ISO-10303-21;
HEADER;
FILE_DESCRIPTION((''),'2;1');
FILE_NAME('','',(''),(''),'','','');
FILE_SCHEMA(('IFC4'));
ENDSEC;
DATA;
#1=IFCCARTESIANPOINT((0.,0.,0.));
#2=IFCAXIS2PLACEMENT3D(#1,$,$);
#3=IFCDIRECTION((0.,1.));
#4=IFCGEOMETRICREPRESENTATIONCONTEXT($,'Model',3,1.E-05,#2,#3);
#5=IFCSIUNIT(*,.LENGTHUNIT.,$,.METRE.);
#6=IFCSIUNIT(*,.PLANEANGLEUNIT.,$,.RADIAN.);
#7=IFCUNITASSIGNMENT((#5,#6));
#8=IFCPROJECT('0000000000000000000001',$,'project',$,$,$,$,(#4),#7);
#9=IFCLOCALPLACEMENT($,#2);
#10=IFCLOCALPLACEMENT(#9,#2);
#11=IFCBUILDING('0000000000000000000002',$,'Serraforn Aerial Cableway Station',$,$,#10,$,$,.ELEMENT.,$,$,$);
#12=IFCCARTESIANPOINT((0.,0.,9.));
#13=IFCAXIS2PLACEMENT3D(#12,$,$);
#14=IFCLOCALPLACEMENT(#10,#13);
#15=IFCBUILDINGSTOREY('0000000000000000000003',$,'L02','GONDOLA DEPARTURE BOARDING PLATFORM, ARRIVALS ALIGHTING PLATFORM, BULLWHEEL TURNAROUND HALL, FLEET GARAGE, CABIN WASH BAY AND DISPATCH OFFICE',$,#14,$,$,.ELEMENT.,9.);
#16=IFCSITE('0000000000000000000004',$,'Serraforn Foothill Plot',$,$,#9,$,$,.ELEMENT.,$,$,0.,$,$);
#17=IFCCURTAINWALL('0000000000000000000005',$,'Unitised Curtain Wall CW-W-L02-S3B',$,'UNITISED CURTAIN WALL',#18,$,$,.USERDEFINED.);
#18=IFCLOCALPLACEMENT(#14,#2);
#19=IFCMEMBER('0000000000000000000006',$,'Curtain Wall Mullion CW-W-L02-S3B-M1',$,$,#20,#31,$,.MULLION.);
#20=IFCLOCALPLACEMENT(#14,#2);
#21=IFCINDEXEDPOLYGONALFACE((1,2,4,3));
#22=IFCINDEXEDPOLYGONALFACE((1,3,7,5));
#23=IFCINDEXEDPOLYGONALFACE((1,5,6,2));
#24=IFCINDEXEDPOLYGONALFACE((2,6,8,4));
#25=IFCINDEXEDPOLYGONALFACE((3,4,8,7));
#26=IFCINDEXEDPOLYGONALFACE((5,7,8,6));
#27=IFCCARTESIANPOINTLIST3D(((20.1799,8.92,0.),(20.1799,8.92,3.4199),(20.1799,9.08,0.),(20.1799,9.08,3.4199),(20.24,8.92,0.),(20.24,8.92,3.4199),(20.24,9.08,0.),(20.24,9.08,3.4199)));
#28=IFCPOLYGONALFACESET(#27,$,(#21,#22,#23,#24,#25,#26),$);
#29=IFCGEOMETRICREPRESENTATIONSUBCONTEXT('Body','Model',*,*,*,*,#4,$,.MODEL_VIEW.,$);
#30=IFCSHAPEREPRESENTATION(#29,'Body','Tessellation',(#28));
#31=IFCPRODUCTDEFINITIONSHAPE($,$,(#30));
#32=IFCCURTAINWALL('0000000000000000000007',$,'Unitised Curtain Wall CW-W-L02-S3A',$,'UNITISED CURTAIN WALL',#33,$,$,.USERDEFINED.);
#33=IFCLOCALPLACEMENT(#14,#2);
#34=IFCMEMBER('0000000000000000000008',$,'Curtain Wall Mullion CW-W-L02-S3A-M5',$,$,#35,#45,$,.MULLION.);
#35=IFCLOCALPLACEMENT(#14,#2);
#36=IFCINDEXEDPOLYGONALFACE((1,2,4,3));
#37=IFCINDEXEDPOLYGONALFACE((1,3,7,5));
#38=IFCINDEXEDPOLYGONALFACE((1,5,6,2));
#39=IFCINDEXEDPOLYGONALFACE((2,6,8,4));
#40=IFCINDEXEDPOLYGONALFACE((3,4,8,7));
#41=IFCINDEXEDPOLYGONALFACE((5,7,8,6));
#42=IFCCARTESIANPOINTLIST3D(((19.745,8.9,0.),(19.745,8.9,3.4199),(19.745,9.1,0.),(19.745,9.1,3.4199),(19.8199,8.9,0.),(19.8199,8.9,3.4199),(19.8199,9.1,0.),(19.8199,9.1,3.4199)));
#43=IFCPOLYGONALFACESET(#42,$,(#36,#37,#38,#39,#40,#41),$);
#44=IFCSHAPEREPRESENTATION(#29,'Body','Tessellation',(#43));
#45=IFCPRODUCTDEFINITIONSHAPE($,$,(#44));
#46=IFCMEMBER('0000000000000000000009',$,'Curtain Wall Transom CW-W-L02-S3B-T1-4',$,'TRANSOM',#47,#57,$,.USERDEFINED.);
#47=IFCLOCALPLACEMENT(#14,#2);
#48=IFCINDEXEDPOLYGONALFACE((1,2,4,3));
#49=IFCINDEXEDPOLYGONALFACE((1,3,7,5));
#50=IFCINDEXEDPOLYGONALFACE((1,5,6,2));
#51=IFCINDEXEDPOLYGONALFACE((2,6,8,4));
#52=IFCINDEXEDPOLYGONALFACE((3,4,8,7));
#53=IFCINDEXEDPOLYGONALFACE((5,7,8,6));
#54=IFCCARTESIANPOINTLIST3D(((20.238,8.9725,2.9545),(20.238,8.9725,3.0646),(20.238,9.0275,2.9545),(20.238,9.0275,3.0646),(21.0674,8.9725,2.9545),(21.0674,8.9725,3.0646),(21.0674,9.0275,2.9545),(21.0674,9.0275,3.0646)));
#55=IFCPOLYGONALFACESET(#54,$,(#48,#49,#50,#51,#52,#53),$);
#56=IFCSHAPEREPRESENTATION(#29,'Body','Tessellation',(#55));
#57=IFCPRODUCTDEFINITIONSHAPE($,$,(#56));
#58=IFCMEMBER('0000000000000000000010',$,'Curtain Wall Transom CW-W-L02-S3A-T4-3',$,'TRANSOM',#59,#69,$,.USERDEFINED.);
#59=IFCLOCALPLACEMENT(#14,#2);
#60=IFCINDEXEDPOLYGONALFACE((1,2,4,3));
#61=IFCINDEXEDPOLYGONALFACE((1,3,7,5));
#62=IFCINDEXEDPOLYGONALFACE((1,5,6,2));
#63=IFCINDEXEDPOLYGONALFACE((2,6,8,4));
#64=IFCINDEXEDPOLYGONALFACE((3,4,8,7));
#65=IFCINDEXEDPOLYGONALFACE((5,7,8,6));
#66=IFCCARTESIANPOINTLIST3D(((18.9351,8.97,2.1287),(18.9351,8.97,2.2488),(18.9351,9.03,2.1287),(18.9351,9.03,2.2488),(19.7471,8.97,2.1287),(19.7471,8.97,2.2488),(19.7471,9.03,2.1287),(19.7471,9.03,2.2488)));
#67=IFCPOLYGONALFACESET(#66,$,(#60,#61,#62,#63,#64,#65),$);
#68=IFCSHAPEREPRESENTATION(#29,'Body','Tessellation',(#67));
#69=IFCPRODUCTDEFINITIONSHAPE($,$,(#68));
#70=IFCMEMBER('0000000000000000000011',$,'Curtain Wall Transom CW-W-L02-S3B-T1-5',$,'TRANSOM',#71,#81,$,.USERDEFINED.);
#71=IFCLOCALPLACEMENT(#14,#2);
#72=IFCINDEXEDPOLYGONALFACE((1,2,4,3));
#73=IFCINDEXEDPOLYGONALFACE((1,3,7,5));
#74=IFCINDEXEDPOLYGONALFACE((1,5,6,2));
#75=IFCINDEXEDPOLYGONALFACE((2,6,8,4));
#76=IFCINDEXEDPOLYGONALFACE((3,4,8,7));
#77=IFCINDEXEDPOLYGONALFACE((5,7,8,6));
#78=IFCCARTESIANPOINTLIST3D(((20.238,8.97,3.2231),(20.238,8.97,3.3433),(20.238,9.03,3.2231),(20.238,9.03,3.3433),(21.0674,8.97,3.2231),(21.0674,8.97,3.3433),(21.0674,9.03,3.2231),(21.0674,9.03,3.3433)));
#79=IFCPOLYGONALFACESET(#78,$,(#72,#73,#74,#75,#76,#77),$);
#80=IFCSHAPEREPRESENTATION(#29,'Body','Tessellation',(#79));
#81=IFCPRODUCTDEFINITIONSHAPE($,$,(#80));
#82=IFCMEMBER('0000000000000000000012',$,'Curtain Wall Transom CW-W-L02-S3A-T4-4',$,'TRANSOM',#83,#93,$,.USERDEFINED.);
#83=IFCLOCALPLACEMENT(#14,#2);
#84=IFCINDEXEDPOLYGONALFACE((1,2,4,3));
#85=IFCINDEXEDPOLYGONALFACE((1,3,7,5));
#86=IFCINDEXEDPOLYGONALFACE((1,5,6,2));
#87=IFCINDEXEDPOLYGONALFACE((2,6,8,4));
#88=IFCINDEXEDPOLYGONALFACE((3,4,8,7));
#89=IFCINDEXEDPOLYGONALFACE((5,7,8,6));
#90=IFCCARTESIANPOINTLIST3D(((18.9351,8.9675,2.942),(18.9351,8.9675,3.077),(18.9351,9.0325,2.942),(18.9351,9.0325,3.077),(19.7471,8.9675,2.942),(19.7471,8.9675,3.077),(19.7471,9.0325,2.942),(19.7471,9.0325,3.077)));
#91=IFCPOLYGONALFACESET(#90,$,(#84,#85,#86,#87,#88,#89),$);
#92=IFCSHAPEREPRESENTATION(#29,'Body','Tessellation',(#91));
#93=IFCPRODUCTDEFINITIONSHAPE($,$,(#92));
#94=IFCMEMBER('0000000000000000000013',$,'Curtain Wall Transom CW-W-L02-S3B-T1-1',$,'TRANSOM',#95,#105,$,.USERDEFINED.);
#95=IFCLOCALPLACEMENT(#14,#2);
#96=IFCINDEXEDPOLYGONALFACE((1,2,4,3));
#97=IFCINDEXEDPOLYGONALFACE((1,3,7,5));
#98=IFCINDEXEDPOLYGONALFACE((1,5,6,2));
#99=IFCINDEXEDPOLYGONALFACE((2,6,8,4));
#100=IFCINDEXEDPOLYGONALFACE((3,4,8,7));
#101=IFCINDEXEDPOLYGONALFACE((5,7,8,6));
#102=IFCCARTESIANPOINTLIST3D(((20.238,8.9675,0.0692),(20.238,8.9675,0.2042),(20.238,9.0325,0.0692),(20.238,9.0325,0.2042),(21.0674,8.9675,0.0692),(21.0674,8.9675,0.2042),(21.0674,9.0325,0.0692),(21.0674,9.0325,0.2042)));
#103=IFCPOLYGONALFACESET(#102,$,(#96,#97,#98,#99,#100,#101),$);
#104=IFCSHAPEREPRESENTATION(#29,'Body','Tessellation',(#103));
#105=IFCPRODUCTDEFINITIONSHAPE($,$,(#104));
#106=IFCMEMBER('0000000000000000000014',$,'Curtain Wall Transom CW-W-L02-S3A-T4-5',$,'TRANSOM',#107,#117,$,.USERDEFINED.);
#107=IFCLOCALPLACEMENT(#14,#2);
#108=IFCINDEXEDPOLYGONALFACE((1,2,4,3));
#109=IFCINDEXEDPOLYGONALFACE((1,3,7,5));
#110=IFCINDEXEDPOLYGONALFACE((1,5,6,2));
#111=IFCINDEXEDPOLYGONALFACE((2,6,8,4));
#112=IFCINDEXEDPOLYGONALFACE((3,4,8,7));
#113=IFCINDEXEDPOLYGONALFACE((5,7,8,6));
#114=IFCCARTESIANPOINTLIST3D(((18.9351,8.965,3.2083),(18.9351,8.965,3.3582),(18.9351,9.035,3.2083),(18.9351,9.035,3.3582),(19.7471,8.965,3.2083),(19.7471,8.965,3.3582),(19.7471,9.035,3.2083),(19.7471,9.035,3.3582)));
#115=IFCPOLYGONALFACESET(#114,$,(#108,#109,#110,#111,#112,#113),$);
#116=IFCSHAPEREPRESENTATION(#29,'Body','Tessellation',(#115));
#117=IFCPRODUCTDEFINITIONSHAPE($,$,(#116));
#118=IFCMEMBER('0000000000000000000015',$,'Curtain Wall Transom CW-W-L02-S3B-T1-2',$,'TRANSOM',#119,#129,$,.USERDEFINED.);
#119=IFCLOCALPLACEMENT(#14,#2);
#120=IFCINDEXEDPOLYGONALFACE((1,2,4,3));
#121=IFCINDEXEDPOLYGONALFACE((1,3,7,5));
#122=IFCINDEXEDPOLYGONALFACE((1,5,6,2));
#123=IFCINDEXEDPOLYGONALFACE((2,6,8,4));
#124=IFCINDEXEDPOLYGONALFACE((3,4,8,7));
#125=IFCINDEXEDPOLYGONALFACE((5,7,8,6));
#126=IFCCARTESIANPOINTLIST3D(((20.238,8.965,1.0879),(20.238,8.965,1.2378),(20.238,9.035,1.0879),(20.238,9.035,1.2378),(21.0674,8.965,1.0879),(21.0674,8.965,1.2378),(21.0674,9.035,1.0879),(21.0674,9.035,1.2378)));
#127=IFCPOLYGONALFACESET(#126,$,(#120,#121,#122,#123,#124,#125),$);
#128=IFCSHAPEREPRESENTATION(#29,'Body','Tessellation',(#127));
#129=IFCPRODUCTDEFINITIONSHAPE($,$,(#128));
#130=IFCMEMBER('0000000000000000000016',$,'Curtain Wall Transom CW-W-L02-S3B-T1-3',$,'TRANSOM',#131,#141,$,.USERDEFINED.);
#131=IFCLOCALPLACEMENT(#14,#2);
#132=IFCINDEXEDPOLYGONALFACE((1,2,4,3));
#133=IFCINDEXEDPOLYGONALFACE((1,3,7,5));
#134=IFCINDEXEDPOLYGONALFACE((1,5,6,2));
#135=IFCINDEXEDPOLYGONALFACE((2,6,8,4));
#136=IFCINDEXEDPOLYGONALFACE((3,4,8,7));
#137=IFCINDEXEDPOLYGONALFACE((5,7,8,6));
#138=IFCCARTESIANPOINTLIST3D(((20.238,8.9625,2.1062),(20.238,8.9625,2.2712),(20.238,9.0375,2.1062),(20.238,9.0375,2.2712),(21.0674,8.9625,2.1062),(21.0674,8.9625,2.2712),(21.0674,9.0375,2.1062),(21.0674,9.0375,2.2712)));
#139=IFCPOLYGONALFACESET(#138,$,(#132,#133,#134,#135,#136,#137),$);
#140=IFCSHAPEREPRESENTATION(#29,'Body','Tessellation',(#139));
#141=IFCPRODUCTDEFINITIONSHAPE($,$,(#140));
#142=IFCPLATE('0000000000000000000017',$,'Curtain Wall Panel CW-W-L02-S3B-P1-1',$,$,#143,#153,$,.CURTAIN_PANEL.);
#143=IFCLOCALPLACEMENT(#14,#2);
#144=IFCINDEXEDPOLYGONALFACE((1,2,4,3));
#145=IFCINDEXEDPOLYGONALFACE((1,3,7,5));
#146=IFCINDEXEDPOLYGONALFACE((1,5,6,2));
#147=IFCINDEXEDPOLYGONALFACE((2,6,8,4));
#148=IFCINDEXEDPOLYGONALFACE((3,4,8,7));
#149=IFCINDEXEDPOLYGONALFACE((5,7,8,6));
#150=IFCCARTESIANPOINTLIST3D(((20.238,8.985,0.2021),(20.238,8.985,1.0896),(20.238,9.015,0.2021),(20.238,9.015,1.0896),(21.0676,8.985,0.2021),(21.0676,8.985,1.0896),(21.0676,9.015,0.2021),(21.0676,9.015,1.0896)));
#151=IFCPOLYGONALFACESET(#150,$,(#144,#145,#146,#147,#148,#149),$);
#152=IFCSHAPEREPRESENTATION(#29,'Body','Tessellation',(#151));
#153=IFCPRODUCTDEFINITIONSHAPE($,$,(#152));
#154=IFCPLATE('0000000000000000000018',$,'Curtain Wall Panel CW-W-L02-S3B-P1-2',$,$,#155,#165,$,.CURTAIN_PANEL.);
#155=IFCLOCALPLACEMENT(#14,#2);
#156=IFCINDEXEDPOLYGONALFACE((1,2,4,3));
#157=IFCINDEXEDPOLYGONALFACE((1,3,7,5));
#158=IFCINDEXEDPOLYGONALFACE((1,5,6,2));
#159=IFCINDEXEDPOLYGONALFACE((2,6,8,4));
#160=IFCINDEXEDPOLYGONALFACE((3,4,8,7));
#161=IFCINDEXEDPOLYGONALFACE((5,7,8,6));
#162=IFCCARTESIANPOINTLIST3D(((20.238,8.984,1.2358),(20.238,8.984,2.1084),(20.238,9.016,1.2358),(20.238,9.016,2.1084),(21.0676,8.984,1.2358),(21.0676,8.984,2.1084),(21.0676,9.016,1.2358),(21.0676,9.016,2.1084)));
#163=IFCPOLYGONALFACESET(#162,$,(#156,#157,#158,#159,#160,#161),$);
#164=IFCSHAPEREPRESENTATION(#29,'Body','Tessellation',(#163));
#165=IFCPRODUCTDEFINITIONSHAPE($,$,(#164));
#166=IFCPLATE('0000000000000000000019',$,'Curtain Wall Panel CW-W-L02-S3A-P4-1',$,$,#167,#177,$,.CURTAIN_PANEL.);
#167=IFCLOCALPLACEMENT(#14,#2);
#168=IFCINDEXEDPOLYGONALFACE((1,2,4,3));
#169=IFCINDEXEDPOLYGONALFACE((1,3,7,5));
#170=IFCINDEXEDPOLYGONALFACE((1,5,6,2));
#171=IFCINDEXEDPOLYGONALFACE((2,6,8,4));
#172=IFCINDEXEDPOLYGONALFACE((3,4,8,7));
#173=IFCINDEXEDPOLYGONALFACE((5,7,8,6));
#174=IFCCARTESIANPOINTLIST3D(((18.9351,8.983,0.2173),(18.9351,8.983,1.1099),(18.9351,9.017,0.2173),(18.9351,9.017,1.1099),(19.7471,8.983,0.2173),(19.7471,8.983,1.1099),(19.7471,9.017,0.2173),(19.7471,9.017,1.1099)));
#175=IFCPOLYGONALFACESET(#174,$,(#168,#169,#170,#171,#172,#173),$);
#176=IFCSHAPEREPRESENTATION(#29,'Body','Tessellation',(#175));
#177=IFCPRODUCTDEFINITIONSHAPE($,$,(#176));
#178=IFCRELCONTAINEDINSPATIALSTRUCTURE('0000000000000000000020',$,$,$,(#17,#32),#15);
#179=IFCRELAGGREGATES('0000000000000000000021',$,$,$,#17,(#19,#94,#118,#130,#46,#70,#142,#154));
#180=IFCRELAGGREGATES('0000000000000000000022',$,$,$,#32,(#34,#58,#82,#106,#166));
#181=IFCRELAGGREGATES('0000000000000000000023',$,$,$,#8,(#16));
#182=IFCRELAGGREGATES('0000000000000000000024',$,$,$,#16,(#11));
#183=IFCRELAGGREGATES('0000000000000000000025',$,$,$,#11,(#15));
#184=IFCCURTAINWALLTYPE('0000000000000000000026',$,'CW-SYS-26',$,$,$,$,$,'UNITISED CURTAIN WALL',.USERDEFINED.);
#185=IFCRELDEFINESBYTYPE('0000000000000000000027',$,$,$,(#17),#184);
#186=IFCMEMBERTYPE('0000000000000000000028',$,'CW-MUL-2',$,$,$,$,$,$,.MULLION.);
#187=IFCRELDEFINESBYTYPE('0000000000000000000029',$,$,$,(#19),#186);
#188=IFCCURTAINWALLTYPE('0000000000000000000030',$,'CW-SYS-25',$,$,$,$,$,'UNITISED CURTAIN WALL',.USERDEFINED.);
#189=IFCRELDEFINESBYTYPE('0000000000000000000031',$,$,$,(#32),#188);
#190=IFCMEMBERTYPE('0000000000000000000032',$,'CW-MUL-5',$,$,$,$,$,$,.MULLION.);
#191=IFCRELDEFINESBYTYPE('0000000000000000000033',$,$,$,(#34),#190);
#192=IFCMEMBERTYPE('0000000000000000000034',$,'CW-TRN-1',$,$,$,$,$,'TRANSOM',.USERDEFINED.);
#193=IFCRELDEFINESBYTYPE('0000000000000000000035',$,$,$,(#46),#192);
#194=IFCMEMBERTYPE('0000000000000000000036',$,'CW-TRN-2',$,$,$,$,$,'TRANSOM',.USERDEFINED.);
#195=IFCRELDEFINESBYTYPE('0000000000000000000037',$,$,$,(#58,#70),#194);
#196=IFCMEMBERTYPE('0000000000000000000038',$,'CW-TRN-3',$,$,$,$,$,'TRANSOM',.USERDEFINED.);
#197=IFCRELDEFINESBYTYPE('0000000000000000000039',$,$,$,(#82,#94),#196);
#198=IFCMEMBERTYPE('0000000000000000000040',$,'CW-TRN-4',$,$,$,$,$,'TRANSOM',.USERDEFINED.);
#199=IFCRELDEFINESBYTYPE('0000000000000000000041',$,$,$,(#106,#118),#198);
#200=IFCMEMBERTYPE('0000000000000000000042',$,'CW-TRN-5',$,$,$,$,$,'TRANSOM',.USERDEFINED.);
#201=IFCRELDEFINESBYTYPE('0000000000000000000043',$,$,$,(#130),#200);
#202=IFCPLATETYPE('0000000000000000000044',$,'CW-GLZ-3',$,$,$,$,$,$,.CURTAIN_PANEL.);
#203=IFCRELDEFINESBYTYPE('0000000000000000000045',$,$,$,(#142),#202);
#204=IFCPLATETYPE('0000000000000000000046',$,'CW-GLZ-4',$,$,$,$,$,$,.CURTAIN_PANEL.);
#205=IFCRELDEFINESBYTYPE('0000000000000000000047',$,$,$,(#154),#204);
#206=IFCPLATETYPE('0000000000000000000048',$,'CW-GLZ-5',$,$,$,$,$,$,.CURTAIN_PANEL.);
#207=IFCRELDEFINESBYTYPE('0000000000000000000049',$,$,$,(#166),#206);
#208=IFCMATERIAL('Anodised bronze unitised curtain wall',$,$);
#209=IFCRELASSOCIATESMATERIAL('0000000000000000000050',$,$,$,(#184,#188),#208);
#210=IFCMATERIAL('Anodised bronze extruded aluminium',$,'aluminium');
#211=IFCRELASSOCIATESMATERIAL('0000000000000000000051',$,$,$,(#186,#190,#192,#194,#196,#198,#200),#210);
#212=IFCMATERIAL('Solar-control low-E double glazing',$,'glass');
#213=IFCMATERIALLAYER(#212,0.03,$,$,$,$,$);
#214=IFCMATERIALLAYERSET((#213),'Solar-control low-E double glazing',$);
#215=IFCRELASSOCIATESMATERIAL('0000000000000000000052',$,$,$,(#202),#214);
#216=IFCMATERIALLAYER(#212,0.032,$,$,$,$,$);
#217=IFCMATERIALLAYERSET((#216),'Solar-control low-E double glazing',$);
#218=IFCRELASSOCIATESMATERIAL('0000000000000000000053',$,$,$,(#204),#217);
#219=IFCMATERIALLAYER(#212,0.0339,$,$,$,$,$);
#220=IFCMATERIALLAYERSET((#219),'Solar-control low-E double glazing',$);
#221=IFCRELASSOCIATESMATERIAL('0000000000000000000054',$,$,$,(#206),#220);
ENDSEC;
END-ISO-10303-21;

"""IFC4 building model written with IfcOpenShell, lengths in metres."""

from ifc_helpers import new_model, si_unit, direction, frame, origin, origin_2d, place, context, subcontext, project, spatial, rectangle, extrude, material, layer, layer_set, material_profile, profile_set, type_object, element, aggregate, save


model = new_model("IFC4")

# Units and contexts
model_context = context("Model", 3, precision=1e-05, world=origin(), true_north=direction((0.0, 1.0)))
body_context = subcontext(model_context, "Body", "Model", "MODEL_VIEW")
ifc_project = project(units=[si_unit("LENGTHUNIT", "METRE"), si_unit("PLANEANGLEUNIT", "RADIAN")], contexts=[model_context])

# Site, building, storey
site_placement = place(None, origin())
site = spatial("IfcSite", under=ifc_project, at=site_placement, Name="Serraforn Foothill Plot", CompositionType="ELEMENT", RefElevation=0.0)
building_placement = place(site_placement, origin())
building = spatial("IfcBuilding", under=site, at=building_placement, Name="Serraforn Aerial Cableway Station", CompositionType="ELEMENT")
storey_placement = place(building_placement, frame((0.0, 0.0, 9.0)))
storey = spatial("IfcBuildingStorey", under=building, at=storey_placement, Name="L02", Description="GONDOLA DEPARTURE BOARDING PLATFORM, ARRIVALS ALIGHTING PLATFORM, BULLWHEEL TURNAROUND HALL, FLEET GARAGE, CABIN WASH BAY AND DISPATCH OFFICE", CompositionType="ELEMENT", Elevation=9.0)

# Curtain walls, members
ifc_material_1 = material(Name="Anodised bronze unitised curtain wall")
curtain_wall_type_1 = type_object("IfcCurtainWallType", Name="CW-SYS-26", ElementType="UNITISED CURTAIN WALL", PredefinedType="USERDEFINED", material=ifc_material_1)
curtain_wall_1_placement = place(storey_placement, origin())
curtain_wall_1 = element("IfcCurtainWall", 1, at=curtain_wall_1_placement, inside=storey, type_object=curtain_wall_type_1, Name="Unitised Curtain Wall CW-W-L02-S3B", ObjectType="UNITISED CURTAIN WALL", PredefinedType="USERDEFINED")
ifc_material_2 = material(Name="Anodised bronze extruded aluminium", Category="aluminium")
ifc_material_profile_1 = material_profile(ifc_material_2, rectangle(XDim=0.0601, YDim=0.1599, at=origin_2d()), Name="CW MULLION 60x160")
ifc_profile_set_1 = profile_set([ifc_material_profile_1], Name="Anodised bronze extruded aluminium")
member_type_1 = type_object("IfcMemberType", Name="CW-MUL-2", PredefinedType="MULLION", material=ifc_profile_set_1)
member_1_placement = place(storey_placement, frame((20.21, 9.0, 0.0), z_axis=(0.0, 0.0, 1.0), x_axis=(1.0, 0.0, 0.0)))
member_1 = element("IfcMember", 2, at=member_1_placement, type_object=member_type_1, Name="Curtain Wall Mullion CW-W-L02-S3B-M1", PredefinedType="MULLION", context=body_context, shape_type="SweptSolid", body=[
    extrude(rectangle(XDim=0.0601, YDim=0.1599, at=origin_2d()), origin(), (0.0, 0.0, 1.0), 3.4199),
])
curtain_wall_type_2 = type_object("IfcCurtainWallType", Name="CW-SYS-25", ElementType="UNITISED CURTAIN WALL", PredefinedType="USERDEFINED", material=ifc_material_1)
curtain_wall_2_placement = place(storey_placement, origin())
curtain_wall_2 = element("IfcCurtainWall", 3, at=curtain_wall_2_placement, inside=storey, type_object=curtain_wall_type_2, Name="Unitised Curtain Wall CW-W-L02-S3A", ObjectType="UNITISED CURTAIN WALL", PredefinedType="USERDEFINED")
ifc_material_profile_2 = material_profile(ifc_material_2, rectangle(XDim=0.075, YDim=0.2, at=origin_2d()), Name="CW MULLION 75x200")
ifc_profile_set_2 = profile_set([ifc_material_profile_2], Name="Anodised bronze extruded aluminium")
member_type_2 = type_object("IfcMemberType", Name="CW-MUL-5", PredefinedType="MULLION", material=ifc_profile_set_2)
member_2_placement = place(storey_placement, frame((19.7825, 9.0, 0.0), z_axis=(0.0, 0.0, 1.0), x_axis=(1.0, 0.0, 0.0)))
member_2 = element("IfcMember", 4, at=member_2_placement, type_object=member_type_2, Name="Curtain Wall Mullion CW-W-L02-S3A-M5", PredefinedType="MULLION", context=body_context, shape_type="SweptSolid", body=[
    extrude(rectangle(XDim=0.075, YDim=0.2, at=origin_2d()), origin(), (0.0, 0.0, 1.0), 3.4199),
])

# Members
ifc_material_profile_3 = material_profile(ifc_material_2, rectangle(XDim=0.0549, YDim=0.1101, at=origin_2d()), Name="CW TRANSOM 55x110")
ifc_profile_set_3 = profile_set([ifc_material_profile_3], Name="Anodised bronze extruded aluminium")
member_type_3 = type_object("IfcMemberType", Name="CW-TRN-1", ElementType="TRANSOM", PredefinedType="USERDEFINED", material=ifc_profile_set_3)
member_3_placement = place(storey_placement, frame((20.238, 9.0, 3.0095), z_axis=(1.0, 0.0, 0.0), x_axis=(0.0, 1.0, 0.0)))
member_3 = element("IfcMember", 5, at=member_3_placement, type_object=member_type_3, Name="Curtain Wall Transom CW-W-L02-S3B-T1-4", ObjectType="TRANSOM", PredefinedType="USERDEFINED", context=body_context, shape_type="SweptSolid", body=[
    extrude(rectangle(XDim=0.0549, YDim=0.1101, at=origin_2d()), origin(), (0.0, 0.0, 1.0), 0.8293),
])
ifc_material_profile_4 = material_profile(ifc_material_2, rectangle(XDim=0.0601, YDim=0.1201, at=origin_2d()), Name="CW TRANSOM 60x120")
ifc_profile_set_4 = profile_set([ifc_material_profile_4], Name="Anodised bronze extruded aluminium")
member_type_4 = type_object("IfcMemberType", Name="CW-TRN-2", ElementType="TRANSOM", PredefinedType="USERDEFINED", material=ifc_profile_set_4)
member_4_placement = place(storey_placement, frame((18.9351, 9.0, 2.1887), z_axis=(1.0, 0.0, 0.0), x_axis=(0.0, 1.0, 0.0)))
member_4 = element("IfcMember", 6, at=member_4_placement, type_object=member_type_4, Name="Curtain Wall Transom CW-W-L02-S3A-T4-3", ObjectType="TRANSOM", PredefinedType="USERDEFINED", context=body_context, shape_type="SweptSolid", body=[
    extrude(rectangle(XDim=0.0601, YDim=0.1201, at=origin_2d()), origin(), (0.0, 0.0, 1.0), 0.812),
])
member_5_placement = place(storey_placement, frame((20.238, 9.0, 3.2832), z_axis=(1.0, 0.0, 0.0), x_axis=(0.0, 1.0, 0.0)))
member_5 = element("IfcMember", 7, at=member_5_placement, type_object=member_type_4, Name="Curtain Wall Transom CW-W-L02-S3B-T1-5", ObjectType="TRANSOM", PredefinedType="USERDEFINED", context=body_context, shape_type="SweptSolid", body=[
    extrude(rectangle(XDim=0.0601, YDim=0.1201, at=origin_2d()), origin(), (0.0, 0.0, 1.0), 0.8293),
])
ifc_material_profile_5 = material_profile(ifc_material_2, rectangle(XDim=0.0649, YDim=0.135, at=origin_2d()), Name="CW TRANSOM 65x135")
ifc_profile_set_5 = profile_set([ifc_material_profile_5], Name="Anodised bronze extruded aluminium")
member_type_5 = type_object("IfcMemberType", Name="CW-TRN-3", ElementType="TRANSOM", PredefinedType="USERDEFINED", material=ifc_profile_set_5)
member_6_placement = place(storey_placement, frame((18.9351, 9.0, 3.0095), z_axis=(1.0, 0.0, 0.0), x_axis=(0.0, 1.0, 0.0)))
member_6 = element("IfcMember", 8, at=member_6_placement, type_object=member_type_5, Name="Curtain Wall Transom CW-W-L02-S3A-T4-4", ObjectType="TRANSOM", PredefinedType="USERDEFINED", context=body_context, shape_type="SweptSolid", body=[
    extrude(rectangle(XDim=0.0649, YDim=0.135, at=origin_2d()), origin(), (0.0, 0.0, 1.0), 0.812),
])
member_7_placement = place(storey_placement, frame((20.238, 9.0, 0.1367), z_axis=(1.0, 0.0, 0.0), x_axis=(0.0, 1.0, 0.0)))
member_7 = element("IfcMember", 9, at=member_7_placement, type_object=member_type_5, Name="Curtain Wall Transom CW-W-L02-S3B-T1-1", ObjectType="TRANSOM", PredefinedType="USERDEFINED", context=body_context, shape_type="SweptSolid", body=[
    extrude(rectangle(XDim=0.0649, YDim=0.135, at=origin_2d()), origin(), (0.0, 0.0, 1.0), 0.8293),
])
ifc_material_profile_6 = material_profile(ifc_material_2, rectangle(XDim=0.0701, YDim=0.1499, at=origin_2d()), Name="CW TRANSOM 70x150")
ifc_profile_set_6 = profile_set([ifc_material_profile_6], Name="Anodised bronze extruded aluminium")
member_type_6 = type_object("IfcMemberType", Name="CW-TRN-4", ElementType="TRANSOM", PredefinedType="USERDEFINED", material=ifc_profile_set_6)
member_8_placement = place(storey_placement, frame((18.9351, 9.0, 3.2832), z_axis=(1.0, 0.0, 0.0), x_axis=(0.0, 1.0, 0.0)))
member_8 = element("IfcMember", 10, at=member_8_placement, type_object=member_type_6, Name="Curtain Wall Transom CW-W-L02-S3A-T4-5", ObjectType="TRANSOM", PredefinedType="USERDEFINED", context=body_context, shape_type="SweptSolid", body=[
    extrude(rectangle(XDim=0.0701, YDim=0.1499, at=origin_2d()), origin(), (0.0, 0.0, 1.0), 0.812),
])
member_9_placement = place(storey_placement, frame((20.238, 9.0, 1.1628), z_axis=(1.0, 0.0, 0.0), x_axis=(0.0, 1.0, 0.0)))
member_9 = element("IfcMember", 11, at=member_9_placement, type_object=member_type_6, Name="Curtain Wall Transom CW-W-L02-S3B-T1-2", ObjectType="TRANSOM", PredefinedType="USERDEFINED", context=body_context, shape_type="SweptSolid", body=[
    extrude(rectangle(XDim=0.0701, YDim=0.1499, at=origin_2d()), origin(), (0.0, 0.0, 1.0), 0.8293),
])
ifc_material_profile_7 = material_profile(ifc_material_2, rectangle(XDim=0.075, YDim=0.165, at=origin_2d()), Name="CW TRANSOM 75x165")
ifc_profile_set_7 = profile_set([ifc_material_profile_7], Name="Anodised bronze extruded aluminium")
member_type_7 = type_object("IfcMemberType", Name="CW-TRN-5", ElementType="TRANSOM", PredefinedType="USERDEFINED", material=ifc_profile_set_7)
member_10_placement = place(storey_placement, frame((20.238, 9.0, 2.1887), z_axis=(1.0, 0.0, 0.0), x_axis=(0.0, 1.0, 0.0)))
member_10 = element("IfcMember", 12, at=member_10_placement, type_object=member_type_7, Name="Curtain Wall Transom CW-W-L02-S3B-T1-3", ObjectType="TRANSOM", PredefinedType="USERDEFINED", context=body_context, shape_type="SweptSolid", body=[
    extrude(rectangle(XDim=0.075, YDim=0.165, at=origin_2d()), origin(), (0.0, 0.0, 1.0), 0.8293),
])

# Plates
ifc_material_3 = material(Name="Solar-control low-E double glazing", Category="glass")
ifc_layer_1 = layer(ifc_material_3, 0.03)
ifc_layer_set_1 = layer_set([ifc_layer_1], Name="Solar-control low-E double glazing")
plate_type_1 = type_object("IfcPlateType", Name="CW-GLZ-3", PredefinedType="CURTAIN_PANEL", material=ifc_layer_set_1)
plate_1_placement = place(storey_placement, frame((20.6528, 9.0, 0.2021), z_axis=(0.0, 0.0, 1.0), x_axis=(1.0, 0.0, 0.0)))
plate_1 = element("IfcPlate", 13, at=plate_1_placement, type_object=plate_type_1, Name="Curtain Wall Panel CW-W-L02-S3B-P1-1", PredefinedType="CURTAIN_PANEL", context=body_context, shape_type="SweptSolid", body=[
    extrude(rectangle(XDim=0.8296, YDim=0.03, at=origin_2d()), origin(), (0.0, 0.0, 1.0), 0.8875),
])
ifc_layer_2 = layer(ifc_material_3, 0.032)
ifc_layer_set_2 = layer_set([ifc_layer_2], Name="Solar-control low-E double glazing")
plate_type_2 = type_object("IfcPlateType", Name="CW-GLZ-4", PredefinedType="CURTAIN_PANEL", material=ifc_layer_set_2)
plate_2_placement = place(storey_placement, frame((20.6528, 9.0, 1.2358), z_axis=(0.0, 0.0, 1.0), x_axis=(1.0, 0.0, 0.0)))
plate_2 = element("IfcPlate", 14, at=plate_2_placement, type_object=plate_type_2, Name="Curtain Wall Panel CW-W-L02-S3B-P1-2", PredefinedType="CURTAIN_PANEL", context=body_context, shape_type="SweptSolid", body=[
    extrude(rectangle(XDim=0.8296, YDim=0.032, at=origin_2d()), origin(), (0.0, 0.0, 1.0), 0.8726),
])
ifc_layer_3 = layer(ifc_material_3, 0.0339)
ifc_layer_set_3 = layer_set([ifc_layer_3], Name="Solar-control low-E double glazing")
plate_type_3 = type_object("IfcPlateType", Name="CW-GLZ-5", PredefinedType="CURTAIN_PANEL", material=ifc_layer_set_3)
plate_3_placement = place(storey_placement, frame((19.3411, 9.0, 0.2173), z_axis=(0.0, 0.0, 1.0), x_axis=(1.0, 0.0, 0.0)))
plate_3 = element("IfcPlate", 15, at=plate_3_placement, type_object=plate_type_3, Name="Curtain Wall Panel CW-W-L02-S3A-P4-1", PredefinedType="CURTAIN_PANEL", context=body_context, shape_type="SweptSolid", body=[
    extrude(rectangle(XDim=0.812, YDim=0.0339, at=origin_2d()), origin(), (0.0, 0.0, 1.0), 0.8926),
])
aggregate(curtain_wall_1, [member_1, member_7, member_9, member_10, member_3, member_5, plate_1, plate_2])
aggregate(curtain_wall_2, [member_2, member_4, member_6, member_8, plate_3])

save(model, "model.ifc")
